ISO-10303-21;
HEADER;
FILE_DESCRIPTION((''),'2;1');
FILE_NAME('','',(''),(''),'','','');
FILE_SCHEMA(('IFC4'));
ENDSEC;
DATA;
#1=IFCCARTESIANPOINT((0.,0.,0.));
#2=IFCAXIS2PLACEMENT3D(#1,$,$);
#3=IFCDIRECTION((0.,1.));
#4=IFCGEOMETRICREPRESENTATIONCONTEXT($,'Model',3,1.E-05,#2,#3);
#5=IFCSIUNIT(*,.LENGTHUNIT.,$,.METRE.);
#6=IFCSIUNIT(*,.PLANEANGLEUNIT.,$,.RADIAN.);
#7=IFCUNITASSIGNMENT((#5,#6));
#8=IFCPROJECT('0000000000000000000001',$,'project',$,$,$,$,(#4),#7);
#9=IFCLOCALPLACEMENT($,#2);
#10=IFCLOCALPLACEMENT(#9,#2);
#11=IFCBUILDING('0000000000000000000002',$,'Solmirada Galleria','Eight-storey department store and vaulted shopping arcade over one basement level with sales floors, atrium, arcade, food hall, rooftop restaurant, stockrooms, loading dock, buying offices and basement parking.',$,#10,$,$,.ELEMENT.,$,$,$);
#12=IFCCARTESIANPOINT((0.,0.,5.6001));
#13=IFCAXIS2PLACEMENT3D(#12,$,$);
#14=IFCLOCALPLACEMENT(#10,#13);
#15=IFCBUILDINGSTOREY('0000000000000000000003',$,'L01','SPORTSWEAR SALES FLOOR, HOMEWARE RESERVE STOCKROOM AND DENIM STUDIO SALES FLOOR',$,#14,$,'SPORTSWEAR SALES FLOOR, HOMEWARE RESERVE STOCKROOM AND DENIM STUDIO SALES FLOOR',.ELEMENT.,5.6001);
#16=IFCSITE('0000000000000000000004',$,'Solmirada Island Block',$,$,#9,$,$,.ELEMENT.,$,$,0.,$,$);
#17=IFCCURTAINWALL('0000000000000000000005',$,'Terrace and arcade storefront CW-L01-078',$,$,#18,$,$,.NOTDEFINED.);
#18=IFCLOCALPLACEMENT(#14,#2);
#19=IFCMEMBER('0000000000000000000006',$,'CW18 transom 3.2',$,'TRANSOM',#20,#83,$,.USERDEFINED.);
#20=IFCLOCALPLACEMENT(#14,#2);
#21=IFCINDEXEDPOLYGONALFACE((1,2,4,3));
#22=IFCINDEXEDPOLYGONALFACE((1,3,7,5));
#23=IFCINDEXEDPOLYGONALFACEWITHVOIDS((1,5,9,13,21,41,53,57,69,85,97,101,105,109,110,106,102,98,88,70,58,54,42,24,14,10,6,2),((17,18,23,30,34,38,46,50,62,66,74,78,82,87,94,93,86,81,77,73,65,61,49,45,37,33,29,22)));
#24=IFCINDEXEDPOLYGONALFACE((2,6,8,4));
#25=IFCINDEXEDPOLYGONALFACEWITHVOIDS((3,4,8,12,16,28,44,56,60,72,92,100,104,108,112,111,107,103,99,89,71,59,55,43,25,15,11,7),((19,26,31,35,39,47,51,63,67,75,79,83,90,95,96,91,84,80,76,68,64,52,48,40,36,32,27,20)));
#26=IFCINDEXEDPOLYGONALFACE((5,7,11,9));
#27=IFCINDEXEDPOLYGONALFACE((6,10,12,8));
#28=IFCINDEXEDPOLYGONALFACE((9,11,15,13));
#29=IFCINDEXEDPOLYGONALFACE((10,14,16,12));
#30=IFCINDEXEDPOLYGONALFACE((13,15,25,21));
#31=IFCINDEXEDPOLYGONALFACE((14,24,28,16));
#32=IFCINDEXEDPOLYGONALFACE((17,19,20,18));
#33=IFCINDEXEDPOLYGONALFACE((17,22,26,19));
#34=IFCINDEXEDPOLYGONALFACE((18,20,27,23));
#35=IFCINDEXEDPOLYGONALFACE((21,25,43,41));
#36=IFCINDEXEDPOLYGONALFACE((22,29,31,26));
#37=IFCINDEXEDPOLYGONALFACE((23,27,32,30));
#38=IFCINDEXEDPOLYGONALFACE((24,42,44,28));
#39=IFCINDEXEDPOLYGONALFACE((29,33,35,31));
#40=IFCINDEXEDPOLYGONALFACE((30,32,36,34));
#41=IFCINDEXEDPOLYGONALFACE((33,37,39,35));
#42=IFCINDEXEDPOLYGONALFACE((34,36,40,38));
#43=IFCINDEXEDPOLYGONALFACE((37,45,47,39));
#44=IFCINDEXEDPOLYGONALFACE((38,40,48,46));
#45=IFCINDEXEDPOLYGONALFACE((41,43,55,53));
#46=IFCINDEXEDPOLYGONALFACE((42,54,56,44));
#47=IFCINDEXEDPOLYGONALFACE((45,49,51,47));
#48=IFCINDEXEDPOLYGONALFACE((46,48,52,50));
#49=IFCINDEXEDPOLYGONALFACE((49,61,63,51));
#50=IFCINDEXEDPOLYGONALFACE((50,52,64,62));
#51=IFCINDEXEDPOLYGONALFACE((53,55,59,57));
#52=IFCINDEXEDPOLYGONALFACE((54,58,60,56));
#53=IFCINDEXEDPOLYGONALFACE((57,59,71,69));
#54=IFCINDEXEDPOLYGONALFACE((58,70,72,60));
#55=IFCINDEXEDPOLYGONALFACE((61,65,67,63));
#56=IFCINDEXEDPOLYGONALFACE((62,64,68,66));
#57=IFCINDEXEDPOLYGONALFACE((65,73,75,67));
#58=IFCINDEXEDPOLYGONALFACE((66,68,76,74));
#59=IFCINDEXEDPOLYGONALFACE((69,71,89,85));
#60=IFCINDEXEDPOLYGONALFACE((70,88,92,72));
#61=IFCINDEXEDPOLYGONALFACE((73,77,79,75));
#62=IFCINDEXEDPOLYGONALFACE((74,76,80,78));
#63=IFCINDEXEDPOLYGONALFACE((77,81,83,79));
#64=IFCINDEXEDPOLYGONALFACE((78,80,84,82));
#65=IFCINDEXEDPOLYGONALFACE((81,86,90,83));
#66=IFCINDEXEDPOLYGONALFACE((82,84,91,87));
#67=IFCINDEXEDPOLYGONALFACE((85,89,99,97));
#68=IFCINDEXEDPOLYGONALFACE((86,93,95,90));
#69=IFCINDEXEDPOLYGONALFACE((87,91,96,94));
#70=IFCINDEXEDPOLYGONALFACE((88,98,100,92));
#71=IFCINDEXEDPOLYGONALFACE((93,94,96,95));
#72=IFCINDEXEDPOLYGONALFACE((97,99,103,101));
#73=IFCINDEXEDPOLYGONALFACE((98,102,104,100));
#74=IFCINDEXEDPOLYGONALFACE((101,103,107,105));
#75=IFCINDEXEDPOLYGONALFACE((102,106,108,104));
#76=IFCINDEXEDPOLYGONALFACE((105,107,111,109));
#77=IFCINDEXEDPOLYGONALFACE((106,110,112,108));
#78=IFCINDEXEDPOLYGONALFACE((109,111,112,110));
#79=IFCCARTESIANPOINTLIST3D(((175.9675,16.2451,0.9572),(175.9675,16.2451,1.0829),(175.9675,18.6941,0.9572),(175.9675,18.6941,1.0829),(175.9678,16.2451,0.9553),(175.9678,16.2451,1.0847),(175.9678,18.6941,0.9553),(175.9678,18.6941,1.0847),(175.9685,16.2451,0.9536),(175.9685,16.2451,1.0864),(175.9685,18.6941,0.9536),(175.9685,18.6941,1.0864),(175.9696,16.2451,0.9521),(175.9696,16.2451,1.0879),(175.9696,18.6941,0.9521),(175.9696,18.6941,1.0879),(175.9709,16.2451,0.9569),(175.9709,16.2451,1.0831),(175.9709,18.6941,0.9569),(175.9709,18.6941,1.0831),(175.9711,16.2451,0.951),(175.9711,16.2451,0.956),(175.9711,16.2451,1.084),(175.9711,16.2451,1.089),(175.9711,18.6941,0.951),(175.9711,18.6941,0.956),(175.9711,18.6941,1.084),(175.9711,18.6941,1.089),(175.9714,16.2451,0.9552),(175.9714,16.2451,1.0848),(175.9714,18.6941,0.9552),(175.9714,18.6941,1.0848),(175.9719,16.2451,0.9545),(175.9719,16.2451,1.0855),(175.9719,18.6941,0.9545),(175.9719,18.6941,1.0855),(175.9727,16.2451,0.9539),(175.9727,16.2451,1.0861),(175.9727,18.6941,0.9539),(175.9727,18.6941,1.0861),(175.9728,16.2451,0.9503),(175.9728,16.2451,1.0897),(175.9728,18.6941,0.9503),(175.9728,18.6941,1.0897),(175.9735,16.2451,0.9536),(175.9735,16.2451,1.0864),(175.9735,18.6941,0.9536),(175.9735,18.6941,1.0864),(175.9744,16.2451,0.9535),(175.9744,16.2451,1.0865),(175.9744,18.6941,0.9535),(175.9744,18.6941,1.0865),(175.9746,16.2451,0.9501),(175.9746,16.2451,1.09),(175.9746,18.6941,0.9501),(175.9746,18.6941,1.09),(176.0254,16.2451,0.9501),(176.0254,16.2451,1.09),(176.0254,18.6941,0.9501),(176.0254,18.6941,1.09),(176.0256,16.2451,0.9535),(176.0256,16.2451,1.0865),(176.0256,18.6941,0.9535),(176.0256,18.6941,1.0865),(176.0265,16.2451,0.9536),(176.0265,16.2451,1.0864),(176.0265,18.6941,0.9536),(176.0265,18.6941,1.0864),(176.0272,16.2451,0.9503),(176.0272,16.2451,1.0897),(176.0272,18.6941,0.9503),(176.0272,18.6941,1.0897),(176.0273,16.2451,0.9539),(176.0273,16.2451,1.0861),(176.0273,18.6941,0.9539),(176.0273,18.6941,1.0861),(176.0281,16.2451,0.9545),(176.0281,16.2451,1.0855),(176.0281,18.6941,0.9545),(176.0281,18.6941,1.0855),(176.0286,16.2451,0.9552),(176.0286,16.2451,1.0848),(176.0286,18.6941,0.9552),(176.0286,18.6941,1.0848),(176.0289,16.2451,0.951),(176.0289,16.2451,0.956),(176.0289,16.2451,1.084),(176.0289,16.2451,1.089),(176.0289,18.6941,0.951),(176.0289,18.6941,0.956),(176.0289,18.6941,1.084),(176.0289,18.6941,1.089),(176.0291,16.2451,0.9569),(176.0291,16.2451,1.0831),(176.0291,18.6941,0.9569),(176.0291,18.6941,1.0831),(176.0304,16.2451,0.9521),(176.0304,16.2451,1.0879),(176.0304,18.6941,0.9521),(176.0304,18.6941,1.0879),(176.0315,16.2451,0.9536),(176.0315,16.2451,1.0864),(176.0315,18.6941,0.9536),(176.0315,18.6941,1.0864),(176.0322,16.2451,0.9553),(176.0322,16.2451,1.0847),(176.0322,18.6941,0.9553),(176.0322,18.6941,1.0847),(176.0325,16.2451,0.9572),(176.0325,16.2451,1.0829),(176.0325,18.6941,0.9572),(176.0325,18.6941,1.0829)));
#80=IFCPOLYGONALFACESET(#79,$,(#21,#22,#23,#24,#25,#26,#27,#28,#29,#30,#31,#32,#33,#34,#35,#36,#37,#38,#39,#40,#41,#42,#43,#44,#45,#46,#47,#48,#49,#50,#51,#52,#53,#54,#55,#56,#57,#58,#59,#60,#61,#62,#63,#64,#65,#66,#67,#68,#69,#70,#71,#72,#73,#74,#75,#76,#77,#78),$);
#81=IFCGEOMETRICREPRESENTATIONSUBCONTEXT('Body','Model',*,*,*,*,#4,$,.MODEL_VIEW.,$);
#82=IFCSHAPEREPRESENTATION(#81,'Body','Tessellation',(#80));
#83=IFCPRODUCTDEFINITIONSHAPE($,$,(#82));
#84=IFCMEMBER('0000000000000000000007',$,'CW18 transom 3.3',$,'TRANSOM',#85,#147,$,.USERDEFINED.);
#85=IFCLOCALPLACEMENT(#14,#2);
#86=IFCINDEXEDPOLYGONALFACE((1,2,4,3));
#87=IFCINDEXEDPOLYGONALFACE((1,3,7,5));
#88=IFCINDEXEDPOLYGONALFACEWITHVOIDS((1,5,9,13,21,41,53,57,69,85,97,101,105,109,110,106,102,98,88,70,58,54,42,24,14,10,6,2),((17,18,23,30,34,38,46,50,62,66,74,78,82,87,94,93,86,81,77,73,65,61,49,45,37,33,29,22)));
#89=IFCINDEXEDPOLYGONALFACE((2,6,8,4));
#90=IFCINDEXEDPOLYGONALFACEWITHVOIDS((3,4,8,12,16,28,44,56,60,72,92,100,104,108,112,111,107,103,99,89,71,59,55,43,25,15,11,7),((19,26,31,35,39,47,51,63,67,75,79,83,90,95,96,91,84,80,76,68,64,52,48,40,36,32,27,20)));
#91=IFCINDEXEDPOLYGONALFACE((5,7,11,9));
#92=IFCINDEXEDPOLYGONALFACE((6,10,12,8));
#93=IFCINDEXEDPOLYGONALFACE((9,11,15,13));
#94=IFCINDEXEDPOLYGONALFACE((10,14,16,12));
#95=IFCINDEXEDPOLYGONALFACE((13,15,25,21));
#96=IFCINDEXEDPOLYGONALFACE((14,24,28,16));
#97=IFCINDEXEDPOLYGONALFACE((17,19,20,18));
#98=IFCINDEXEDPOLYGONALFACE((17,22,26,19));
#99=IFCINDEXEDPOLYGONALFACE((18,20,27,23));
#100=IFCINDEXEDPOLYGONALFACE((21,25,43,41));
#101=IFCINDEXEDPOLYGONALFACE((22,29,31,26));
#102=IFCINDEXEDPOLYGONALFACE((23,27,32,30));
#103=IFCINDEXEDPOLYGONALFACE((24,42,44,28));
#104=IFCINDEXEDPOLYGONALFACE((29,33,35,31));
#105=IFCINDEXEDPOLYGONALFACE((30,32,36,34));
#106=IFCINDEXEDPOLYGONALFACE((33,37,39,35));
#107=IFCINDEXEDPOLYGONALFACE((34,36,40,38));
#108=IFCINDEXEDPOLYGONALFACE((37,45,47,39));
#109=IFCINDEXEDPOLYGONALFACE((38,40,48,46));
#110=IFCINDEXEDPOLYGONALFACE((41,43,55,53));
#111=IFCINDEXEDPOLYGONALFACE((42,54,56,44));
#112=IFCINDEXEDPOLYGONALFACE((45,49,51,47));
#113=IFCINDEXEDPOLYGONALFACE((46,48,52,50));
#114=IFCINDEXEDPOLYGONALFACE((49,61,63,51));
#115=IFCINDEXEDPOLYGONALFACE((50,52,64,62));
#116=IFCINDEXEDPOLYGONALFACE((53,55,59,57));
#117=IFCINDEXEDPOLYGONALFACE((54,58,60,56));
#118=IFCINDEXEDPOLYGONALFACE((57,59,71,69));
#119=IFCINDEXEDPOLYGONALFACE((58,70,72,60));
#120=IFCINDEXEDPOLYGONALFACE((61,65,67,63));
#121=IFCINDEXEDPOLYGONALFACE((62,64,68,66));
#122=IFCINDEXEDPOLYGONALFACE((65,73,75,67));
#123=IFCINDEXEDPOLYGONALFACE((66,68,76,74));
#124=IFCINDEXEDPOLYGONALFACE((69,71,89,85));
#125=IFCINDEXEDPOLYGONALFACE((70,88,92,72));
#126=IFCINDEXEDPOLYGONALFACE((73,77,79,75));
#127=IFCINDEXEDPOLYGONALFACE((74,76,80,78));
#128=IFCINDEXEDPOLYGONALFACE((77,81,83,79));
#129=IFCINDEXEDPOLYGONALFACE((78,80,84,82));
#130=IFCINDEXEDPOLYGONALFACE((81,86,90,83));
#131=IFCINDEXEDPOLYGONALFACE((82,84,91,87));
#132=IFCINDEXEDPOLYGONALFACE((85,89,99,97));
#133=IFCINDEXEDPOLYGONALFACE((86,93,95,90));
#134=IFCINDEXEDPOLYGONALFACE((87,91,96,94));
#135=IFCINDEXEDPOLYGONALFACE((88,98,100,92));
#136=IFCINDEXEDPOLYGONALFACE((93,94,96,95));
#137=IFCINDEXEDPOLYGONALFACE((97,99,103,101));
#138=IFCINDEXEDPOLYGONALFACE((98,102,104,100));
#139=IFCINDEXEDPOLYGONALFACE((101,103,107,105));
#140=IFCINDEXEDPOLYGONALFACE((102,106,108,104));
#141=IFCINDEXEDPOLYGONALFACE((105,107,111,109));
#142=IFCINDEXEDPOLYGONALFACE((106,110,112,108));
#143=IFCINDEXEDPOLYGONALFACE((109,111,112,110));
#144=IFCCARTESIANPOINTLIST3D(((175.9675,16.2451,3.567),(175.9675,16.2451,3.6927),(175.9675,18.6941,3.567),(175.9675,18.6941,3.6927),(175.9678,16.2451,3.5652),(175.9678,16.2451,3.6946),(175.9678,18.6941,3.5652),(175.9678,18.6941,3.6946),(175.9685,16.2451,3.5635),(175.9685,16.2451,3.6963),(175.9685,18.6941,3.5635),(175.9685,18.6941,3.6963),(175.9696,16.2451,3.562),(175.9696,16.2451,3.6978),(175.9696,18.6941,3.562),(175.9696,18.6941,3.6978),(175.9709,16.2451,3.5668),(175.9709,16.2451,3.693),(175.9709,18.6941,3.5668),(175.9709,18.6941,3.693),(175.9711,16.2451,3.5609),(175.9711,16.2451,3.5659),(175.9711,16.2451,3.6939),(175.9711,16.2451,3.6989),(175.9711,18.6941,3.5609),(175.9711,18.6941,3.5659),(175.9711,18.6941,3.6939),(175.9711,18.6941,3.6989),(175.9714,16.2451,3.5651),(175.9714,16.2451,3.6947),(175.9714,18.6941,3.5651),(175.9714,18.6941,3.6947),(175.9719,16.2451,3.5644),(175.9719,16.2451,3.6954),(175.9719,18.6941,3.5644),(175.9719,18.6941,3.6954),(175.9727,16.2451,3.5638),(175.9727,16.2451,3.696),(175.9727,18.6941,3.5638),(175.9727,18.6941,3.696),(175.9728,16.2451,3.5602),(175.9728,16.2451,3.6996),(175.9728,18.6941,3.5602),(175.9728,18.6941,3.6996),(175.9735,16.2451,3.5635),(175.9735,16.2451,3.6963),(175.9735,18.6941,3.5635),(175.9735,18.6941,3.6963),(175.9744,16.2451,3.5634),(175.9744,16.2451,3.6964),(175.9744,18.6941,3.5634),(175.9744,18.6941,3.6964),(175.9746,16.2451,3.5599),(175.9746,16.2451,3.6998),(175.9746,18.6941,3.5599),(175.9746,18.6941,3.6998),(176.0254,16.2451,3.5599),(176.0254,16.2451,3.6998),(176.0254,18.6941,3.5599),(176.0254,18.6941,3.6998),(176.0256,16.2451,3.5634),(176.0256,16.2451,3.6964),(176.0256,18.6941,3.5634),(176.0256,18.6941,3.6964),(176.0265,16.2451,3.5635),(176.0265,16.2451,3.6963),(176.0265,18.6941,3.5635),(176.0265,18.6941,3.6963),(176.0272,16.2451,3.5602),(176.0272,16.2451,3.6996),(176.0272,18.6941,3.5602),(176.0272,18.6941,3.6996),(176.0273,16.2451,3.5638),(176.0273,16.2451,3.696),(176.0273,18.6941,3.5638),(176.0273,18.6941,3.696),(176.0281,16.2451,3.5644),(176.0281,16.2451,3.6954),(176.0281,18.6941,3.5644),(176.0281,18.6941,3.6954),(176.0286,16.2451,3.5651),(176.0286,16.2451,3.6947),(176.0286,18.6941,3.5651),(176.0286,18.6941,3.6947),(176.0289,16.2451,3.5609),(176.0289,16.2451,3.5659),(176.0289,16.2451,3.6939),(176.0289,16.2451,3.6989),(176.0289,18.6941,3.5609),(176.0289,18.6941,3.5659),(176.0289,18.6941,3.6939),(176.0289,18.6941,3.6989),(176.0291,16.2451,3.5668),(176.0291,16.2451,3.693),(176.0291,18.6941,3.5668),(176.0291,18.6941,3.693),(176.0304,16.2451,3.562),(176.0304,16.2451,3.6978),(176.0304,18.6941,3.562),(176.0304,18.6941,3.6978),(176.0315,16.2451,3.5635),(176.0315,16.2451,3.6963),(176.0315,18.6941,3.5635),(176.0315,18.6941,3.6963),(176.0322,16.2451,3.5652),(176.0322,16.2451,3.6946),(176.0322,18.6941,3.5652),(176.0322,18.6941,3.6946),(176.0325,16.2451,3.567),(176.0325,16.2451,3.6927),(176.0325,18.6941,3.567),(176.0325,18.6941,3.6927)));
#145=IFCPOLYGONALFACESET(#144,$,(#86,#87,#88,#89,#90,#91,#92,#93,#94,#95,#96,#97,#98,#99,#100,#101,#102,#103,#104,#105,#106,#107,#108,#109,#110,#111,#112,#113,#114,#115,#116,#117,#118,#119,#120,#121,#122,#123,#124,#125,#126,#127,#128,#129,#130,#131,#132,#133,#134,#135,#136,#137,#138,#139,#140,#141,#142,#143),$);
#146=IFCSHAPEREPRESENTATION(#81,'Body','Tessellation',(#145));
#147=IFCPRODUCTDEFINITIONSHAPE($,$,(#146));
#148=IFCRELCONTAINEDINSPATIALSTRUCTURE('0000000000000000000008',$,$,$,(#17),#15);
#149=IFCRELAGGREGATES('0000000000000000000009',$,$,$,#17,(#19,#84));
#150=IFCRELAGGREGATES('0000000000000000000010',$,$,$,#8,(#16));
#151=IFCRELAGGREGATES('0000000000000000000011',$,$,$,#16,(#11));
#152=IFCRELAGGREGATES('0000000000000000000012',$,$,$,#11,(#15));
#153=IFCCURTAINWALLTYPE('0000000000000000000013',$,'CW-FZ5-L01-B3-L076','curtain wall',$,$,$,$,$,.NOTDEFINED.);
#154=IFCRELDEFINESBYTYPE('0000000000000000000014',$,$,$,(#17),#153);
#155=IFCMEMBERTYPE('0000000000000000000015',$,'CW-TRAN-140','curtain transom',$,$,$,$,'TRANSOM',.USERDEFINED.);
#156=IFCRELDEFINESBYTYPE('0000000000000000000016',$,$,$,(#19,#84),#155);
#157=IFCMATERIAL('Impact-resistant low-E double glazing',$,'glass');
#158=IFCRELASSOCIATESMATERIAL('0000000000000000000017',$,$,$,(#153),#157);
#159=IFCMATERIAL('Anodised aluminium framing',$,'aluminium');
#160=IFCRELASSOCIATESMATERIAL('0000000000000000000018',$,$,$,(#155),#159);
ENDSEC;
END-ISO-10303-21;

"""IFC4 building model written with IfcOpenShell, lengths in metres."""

from ifc_helpers import new_model, si_unit, direction, frame, origin, origin_2d, place, context, subcontext, project, spatial, hollow_rectangle, extrude, material, material_profile, profile_set, type_object, element, aggregate, save


model = new_model("IFC4")

# Units and contexts
model_context = context("Model", 3, precision=1e-05, world=origin(), true_north=direction((0.0, 1.0)))
body_context = subcontext(model_context, "Body", "Model", "MODEL_VIEW")
ifc_project = project(units=[si_unit("LENGTHUNIT", "METRE"), si_unit("PLANEANGLEUNIT", "RADIAN")], contexts=[model_context])

# Site, building, storey
site_placement = place(None, origin())
site = spatial("IfcSite", under=ifc_project, at=site_placement, Name="Solmirada Island Block", CompositionType="ELEMENT", RefElevation=0.0)
building_placement = place(site_placement, origin())
building = spatial("IfcBuilding", under=site, at=building_placement, Name="Solmirada Galleria", Description="Eight-storey department store and vaulted shopping arcade over one basement level with sales floors, atrium, arcade, food hall, rooftop restaurant, stockrooms, loading dock, buying offices and basement parking.", CompositionType="ELEMENT")
storey_placement = place(building_placement, frame((0.0, 0.0, 5.6001)))
storey = spatial("IfcBuildingStorey", under=building, at=storey_placement, Name="L01", Description="SPORTSWEAR SALES FLOOR, HOMEWARE RESERVE STOCKROOM AND DENIM STUDIO SALES FLOOR", LongName="SPORTSWEAR SALES FLOOR, HOMEWARE RESERVE STOCKROOM AND DENIM STUDIO SALES FLOOR", CompositionType="ELEMENT", Elevation=5.6001)

# Curtain wall
ifc_material_1 = material(Name="Impact-resistant low-E double glazing", Category="glass")
curtain_wall_type = type_object("IfcCurtainWallType", Name="CW-FZ5-L01-B3-L076", Description="curtain wall", PredefinedType="NOTDEFINED", material=ifc_material_1)
curtain_wall_1_placement = place(storey_placement, origin())
curtain_wall_1 = element("IfcCurtainWall", 1, at=curtain_wall_1_placement, inside=storey, type_object=curtain_wall_type, Name="Terrace and arcade storefront CW-L01-078", PredefinedType="NOTDEFINED")
ifc_material_2 = material(Name="Anodised aluminium framing", Category="aluminium")

# Members
ifc_material_profile_1 = material_profile(ifc_material_2, hollow_rectangle(XDim=0.0649, YDim=0.1399, WallThickness=0.0034, InnerFilletRadius=0.0034, OuterFilletRadius=0.0071, at=origin_2d()), Name="ALU-TRAN-140X65")
ifc_profile_set_1 = profile_set([ifc_material_profile_1], Name="Anodised aluminium framing")
member_type_1 = type_object("IfcMemberType", Name="CW-TRAN-140", Description="curtain transom", ElementType="TRANSOM", PredefinedType="USERDEFINED", material=ifc_profile_set_1)
member_1_placement = place(storey_placement, frame((176.0, 18.6941, 1.02), z_axis=(0.0, -1.0, 0.0), x_axis=(1.0, 0.0, 0.0)))
member_1 = element("IfcMember", 2, at=member_1_placement, type_object=member_type_1, Name="CW18 transom 3.2", ObjectType="TRANSOM", PredefinedType="USERDEFINED", context=body_context, shape_type="SweptSolid", body=[
    extrude(hollow_rectangle(XDim=0.0649, YDim=0.1399, WallThickness=0.0034, InnerFilletRadius=0.0034, OuterFilletRadius=0.0071, at=origin_2d()), origin(), (0.0, 0.0, 1.0), 2.449),
])
member_2_placement = place(storey_placement, frame((176.0, 18.6941, 3.6299), z_axis=(0.0, -1.0, 0.0), x_axis=(1.0, 0.0, 0.0)))
member_2 = element("IfcMember", 3, at=member_2_placement, type_object=member_type_1, Name="CW18 transom 3.3", ObjectType="TRANSOM", PredefinedType="USERDEFINED", context=body_context, shape_type="SweptSolid", body=[
    extrude(hollow_rectangle(XDim=0.0649, YDim=0.1399, WallThickness=0.0034, InnerFilletRadius=0.0034, OuterFilletRadius=0.0071, at=origin_2d()), origin(), (0.0, 0.0, 1.0), 2.449),
])

aggregate(curtain_wall_1, [member_1, member_2])

save(model, "model.ifc")
